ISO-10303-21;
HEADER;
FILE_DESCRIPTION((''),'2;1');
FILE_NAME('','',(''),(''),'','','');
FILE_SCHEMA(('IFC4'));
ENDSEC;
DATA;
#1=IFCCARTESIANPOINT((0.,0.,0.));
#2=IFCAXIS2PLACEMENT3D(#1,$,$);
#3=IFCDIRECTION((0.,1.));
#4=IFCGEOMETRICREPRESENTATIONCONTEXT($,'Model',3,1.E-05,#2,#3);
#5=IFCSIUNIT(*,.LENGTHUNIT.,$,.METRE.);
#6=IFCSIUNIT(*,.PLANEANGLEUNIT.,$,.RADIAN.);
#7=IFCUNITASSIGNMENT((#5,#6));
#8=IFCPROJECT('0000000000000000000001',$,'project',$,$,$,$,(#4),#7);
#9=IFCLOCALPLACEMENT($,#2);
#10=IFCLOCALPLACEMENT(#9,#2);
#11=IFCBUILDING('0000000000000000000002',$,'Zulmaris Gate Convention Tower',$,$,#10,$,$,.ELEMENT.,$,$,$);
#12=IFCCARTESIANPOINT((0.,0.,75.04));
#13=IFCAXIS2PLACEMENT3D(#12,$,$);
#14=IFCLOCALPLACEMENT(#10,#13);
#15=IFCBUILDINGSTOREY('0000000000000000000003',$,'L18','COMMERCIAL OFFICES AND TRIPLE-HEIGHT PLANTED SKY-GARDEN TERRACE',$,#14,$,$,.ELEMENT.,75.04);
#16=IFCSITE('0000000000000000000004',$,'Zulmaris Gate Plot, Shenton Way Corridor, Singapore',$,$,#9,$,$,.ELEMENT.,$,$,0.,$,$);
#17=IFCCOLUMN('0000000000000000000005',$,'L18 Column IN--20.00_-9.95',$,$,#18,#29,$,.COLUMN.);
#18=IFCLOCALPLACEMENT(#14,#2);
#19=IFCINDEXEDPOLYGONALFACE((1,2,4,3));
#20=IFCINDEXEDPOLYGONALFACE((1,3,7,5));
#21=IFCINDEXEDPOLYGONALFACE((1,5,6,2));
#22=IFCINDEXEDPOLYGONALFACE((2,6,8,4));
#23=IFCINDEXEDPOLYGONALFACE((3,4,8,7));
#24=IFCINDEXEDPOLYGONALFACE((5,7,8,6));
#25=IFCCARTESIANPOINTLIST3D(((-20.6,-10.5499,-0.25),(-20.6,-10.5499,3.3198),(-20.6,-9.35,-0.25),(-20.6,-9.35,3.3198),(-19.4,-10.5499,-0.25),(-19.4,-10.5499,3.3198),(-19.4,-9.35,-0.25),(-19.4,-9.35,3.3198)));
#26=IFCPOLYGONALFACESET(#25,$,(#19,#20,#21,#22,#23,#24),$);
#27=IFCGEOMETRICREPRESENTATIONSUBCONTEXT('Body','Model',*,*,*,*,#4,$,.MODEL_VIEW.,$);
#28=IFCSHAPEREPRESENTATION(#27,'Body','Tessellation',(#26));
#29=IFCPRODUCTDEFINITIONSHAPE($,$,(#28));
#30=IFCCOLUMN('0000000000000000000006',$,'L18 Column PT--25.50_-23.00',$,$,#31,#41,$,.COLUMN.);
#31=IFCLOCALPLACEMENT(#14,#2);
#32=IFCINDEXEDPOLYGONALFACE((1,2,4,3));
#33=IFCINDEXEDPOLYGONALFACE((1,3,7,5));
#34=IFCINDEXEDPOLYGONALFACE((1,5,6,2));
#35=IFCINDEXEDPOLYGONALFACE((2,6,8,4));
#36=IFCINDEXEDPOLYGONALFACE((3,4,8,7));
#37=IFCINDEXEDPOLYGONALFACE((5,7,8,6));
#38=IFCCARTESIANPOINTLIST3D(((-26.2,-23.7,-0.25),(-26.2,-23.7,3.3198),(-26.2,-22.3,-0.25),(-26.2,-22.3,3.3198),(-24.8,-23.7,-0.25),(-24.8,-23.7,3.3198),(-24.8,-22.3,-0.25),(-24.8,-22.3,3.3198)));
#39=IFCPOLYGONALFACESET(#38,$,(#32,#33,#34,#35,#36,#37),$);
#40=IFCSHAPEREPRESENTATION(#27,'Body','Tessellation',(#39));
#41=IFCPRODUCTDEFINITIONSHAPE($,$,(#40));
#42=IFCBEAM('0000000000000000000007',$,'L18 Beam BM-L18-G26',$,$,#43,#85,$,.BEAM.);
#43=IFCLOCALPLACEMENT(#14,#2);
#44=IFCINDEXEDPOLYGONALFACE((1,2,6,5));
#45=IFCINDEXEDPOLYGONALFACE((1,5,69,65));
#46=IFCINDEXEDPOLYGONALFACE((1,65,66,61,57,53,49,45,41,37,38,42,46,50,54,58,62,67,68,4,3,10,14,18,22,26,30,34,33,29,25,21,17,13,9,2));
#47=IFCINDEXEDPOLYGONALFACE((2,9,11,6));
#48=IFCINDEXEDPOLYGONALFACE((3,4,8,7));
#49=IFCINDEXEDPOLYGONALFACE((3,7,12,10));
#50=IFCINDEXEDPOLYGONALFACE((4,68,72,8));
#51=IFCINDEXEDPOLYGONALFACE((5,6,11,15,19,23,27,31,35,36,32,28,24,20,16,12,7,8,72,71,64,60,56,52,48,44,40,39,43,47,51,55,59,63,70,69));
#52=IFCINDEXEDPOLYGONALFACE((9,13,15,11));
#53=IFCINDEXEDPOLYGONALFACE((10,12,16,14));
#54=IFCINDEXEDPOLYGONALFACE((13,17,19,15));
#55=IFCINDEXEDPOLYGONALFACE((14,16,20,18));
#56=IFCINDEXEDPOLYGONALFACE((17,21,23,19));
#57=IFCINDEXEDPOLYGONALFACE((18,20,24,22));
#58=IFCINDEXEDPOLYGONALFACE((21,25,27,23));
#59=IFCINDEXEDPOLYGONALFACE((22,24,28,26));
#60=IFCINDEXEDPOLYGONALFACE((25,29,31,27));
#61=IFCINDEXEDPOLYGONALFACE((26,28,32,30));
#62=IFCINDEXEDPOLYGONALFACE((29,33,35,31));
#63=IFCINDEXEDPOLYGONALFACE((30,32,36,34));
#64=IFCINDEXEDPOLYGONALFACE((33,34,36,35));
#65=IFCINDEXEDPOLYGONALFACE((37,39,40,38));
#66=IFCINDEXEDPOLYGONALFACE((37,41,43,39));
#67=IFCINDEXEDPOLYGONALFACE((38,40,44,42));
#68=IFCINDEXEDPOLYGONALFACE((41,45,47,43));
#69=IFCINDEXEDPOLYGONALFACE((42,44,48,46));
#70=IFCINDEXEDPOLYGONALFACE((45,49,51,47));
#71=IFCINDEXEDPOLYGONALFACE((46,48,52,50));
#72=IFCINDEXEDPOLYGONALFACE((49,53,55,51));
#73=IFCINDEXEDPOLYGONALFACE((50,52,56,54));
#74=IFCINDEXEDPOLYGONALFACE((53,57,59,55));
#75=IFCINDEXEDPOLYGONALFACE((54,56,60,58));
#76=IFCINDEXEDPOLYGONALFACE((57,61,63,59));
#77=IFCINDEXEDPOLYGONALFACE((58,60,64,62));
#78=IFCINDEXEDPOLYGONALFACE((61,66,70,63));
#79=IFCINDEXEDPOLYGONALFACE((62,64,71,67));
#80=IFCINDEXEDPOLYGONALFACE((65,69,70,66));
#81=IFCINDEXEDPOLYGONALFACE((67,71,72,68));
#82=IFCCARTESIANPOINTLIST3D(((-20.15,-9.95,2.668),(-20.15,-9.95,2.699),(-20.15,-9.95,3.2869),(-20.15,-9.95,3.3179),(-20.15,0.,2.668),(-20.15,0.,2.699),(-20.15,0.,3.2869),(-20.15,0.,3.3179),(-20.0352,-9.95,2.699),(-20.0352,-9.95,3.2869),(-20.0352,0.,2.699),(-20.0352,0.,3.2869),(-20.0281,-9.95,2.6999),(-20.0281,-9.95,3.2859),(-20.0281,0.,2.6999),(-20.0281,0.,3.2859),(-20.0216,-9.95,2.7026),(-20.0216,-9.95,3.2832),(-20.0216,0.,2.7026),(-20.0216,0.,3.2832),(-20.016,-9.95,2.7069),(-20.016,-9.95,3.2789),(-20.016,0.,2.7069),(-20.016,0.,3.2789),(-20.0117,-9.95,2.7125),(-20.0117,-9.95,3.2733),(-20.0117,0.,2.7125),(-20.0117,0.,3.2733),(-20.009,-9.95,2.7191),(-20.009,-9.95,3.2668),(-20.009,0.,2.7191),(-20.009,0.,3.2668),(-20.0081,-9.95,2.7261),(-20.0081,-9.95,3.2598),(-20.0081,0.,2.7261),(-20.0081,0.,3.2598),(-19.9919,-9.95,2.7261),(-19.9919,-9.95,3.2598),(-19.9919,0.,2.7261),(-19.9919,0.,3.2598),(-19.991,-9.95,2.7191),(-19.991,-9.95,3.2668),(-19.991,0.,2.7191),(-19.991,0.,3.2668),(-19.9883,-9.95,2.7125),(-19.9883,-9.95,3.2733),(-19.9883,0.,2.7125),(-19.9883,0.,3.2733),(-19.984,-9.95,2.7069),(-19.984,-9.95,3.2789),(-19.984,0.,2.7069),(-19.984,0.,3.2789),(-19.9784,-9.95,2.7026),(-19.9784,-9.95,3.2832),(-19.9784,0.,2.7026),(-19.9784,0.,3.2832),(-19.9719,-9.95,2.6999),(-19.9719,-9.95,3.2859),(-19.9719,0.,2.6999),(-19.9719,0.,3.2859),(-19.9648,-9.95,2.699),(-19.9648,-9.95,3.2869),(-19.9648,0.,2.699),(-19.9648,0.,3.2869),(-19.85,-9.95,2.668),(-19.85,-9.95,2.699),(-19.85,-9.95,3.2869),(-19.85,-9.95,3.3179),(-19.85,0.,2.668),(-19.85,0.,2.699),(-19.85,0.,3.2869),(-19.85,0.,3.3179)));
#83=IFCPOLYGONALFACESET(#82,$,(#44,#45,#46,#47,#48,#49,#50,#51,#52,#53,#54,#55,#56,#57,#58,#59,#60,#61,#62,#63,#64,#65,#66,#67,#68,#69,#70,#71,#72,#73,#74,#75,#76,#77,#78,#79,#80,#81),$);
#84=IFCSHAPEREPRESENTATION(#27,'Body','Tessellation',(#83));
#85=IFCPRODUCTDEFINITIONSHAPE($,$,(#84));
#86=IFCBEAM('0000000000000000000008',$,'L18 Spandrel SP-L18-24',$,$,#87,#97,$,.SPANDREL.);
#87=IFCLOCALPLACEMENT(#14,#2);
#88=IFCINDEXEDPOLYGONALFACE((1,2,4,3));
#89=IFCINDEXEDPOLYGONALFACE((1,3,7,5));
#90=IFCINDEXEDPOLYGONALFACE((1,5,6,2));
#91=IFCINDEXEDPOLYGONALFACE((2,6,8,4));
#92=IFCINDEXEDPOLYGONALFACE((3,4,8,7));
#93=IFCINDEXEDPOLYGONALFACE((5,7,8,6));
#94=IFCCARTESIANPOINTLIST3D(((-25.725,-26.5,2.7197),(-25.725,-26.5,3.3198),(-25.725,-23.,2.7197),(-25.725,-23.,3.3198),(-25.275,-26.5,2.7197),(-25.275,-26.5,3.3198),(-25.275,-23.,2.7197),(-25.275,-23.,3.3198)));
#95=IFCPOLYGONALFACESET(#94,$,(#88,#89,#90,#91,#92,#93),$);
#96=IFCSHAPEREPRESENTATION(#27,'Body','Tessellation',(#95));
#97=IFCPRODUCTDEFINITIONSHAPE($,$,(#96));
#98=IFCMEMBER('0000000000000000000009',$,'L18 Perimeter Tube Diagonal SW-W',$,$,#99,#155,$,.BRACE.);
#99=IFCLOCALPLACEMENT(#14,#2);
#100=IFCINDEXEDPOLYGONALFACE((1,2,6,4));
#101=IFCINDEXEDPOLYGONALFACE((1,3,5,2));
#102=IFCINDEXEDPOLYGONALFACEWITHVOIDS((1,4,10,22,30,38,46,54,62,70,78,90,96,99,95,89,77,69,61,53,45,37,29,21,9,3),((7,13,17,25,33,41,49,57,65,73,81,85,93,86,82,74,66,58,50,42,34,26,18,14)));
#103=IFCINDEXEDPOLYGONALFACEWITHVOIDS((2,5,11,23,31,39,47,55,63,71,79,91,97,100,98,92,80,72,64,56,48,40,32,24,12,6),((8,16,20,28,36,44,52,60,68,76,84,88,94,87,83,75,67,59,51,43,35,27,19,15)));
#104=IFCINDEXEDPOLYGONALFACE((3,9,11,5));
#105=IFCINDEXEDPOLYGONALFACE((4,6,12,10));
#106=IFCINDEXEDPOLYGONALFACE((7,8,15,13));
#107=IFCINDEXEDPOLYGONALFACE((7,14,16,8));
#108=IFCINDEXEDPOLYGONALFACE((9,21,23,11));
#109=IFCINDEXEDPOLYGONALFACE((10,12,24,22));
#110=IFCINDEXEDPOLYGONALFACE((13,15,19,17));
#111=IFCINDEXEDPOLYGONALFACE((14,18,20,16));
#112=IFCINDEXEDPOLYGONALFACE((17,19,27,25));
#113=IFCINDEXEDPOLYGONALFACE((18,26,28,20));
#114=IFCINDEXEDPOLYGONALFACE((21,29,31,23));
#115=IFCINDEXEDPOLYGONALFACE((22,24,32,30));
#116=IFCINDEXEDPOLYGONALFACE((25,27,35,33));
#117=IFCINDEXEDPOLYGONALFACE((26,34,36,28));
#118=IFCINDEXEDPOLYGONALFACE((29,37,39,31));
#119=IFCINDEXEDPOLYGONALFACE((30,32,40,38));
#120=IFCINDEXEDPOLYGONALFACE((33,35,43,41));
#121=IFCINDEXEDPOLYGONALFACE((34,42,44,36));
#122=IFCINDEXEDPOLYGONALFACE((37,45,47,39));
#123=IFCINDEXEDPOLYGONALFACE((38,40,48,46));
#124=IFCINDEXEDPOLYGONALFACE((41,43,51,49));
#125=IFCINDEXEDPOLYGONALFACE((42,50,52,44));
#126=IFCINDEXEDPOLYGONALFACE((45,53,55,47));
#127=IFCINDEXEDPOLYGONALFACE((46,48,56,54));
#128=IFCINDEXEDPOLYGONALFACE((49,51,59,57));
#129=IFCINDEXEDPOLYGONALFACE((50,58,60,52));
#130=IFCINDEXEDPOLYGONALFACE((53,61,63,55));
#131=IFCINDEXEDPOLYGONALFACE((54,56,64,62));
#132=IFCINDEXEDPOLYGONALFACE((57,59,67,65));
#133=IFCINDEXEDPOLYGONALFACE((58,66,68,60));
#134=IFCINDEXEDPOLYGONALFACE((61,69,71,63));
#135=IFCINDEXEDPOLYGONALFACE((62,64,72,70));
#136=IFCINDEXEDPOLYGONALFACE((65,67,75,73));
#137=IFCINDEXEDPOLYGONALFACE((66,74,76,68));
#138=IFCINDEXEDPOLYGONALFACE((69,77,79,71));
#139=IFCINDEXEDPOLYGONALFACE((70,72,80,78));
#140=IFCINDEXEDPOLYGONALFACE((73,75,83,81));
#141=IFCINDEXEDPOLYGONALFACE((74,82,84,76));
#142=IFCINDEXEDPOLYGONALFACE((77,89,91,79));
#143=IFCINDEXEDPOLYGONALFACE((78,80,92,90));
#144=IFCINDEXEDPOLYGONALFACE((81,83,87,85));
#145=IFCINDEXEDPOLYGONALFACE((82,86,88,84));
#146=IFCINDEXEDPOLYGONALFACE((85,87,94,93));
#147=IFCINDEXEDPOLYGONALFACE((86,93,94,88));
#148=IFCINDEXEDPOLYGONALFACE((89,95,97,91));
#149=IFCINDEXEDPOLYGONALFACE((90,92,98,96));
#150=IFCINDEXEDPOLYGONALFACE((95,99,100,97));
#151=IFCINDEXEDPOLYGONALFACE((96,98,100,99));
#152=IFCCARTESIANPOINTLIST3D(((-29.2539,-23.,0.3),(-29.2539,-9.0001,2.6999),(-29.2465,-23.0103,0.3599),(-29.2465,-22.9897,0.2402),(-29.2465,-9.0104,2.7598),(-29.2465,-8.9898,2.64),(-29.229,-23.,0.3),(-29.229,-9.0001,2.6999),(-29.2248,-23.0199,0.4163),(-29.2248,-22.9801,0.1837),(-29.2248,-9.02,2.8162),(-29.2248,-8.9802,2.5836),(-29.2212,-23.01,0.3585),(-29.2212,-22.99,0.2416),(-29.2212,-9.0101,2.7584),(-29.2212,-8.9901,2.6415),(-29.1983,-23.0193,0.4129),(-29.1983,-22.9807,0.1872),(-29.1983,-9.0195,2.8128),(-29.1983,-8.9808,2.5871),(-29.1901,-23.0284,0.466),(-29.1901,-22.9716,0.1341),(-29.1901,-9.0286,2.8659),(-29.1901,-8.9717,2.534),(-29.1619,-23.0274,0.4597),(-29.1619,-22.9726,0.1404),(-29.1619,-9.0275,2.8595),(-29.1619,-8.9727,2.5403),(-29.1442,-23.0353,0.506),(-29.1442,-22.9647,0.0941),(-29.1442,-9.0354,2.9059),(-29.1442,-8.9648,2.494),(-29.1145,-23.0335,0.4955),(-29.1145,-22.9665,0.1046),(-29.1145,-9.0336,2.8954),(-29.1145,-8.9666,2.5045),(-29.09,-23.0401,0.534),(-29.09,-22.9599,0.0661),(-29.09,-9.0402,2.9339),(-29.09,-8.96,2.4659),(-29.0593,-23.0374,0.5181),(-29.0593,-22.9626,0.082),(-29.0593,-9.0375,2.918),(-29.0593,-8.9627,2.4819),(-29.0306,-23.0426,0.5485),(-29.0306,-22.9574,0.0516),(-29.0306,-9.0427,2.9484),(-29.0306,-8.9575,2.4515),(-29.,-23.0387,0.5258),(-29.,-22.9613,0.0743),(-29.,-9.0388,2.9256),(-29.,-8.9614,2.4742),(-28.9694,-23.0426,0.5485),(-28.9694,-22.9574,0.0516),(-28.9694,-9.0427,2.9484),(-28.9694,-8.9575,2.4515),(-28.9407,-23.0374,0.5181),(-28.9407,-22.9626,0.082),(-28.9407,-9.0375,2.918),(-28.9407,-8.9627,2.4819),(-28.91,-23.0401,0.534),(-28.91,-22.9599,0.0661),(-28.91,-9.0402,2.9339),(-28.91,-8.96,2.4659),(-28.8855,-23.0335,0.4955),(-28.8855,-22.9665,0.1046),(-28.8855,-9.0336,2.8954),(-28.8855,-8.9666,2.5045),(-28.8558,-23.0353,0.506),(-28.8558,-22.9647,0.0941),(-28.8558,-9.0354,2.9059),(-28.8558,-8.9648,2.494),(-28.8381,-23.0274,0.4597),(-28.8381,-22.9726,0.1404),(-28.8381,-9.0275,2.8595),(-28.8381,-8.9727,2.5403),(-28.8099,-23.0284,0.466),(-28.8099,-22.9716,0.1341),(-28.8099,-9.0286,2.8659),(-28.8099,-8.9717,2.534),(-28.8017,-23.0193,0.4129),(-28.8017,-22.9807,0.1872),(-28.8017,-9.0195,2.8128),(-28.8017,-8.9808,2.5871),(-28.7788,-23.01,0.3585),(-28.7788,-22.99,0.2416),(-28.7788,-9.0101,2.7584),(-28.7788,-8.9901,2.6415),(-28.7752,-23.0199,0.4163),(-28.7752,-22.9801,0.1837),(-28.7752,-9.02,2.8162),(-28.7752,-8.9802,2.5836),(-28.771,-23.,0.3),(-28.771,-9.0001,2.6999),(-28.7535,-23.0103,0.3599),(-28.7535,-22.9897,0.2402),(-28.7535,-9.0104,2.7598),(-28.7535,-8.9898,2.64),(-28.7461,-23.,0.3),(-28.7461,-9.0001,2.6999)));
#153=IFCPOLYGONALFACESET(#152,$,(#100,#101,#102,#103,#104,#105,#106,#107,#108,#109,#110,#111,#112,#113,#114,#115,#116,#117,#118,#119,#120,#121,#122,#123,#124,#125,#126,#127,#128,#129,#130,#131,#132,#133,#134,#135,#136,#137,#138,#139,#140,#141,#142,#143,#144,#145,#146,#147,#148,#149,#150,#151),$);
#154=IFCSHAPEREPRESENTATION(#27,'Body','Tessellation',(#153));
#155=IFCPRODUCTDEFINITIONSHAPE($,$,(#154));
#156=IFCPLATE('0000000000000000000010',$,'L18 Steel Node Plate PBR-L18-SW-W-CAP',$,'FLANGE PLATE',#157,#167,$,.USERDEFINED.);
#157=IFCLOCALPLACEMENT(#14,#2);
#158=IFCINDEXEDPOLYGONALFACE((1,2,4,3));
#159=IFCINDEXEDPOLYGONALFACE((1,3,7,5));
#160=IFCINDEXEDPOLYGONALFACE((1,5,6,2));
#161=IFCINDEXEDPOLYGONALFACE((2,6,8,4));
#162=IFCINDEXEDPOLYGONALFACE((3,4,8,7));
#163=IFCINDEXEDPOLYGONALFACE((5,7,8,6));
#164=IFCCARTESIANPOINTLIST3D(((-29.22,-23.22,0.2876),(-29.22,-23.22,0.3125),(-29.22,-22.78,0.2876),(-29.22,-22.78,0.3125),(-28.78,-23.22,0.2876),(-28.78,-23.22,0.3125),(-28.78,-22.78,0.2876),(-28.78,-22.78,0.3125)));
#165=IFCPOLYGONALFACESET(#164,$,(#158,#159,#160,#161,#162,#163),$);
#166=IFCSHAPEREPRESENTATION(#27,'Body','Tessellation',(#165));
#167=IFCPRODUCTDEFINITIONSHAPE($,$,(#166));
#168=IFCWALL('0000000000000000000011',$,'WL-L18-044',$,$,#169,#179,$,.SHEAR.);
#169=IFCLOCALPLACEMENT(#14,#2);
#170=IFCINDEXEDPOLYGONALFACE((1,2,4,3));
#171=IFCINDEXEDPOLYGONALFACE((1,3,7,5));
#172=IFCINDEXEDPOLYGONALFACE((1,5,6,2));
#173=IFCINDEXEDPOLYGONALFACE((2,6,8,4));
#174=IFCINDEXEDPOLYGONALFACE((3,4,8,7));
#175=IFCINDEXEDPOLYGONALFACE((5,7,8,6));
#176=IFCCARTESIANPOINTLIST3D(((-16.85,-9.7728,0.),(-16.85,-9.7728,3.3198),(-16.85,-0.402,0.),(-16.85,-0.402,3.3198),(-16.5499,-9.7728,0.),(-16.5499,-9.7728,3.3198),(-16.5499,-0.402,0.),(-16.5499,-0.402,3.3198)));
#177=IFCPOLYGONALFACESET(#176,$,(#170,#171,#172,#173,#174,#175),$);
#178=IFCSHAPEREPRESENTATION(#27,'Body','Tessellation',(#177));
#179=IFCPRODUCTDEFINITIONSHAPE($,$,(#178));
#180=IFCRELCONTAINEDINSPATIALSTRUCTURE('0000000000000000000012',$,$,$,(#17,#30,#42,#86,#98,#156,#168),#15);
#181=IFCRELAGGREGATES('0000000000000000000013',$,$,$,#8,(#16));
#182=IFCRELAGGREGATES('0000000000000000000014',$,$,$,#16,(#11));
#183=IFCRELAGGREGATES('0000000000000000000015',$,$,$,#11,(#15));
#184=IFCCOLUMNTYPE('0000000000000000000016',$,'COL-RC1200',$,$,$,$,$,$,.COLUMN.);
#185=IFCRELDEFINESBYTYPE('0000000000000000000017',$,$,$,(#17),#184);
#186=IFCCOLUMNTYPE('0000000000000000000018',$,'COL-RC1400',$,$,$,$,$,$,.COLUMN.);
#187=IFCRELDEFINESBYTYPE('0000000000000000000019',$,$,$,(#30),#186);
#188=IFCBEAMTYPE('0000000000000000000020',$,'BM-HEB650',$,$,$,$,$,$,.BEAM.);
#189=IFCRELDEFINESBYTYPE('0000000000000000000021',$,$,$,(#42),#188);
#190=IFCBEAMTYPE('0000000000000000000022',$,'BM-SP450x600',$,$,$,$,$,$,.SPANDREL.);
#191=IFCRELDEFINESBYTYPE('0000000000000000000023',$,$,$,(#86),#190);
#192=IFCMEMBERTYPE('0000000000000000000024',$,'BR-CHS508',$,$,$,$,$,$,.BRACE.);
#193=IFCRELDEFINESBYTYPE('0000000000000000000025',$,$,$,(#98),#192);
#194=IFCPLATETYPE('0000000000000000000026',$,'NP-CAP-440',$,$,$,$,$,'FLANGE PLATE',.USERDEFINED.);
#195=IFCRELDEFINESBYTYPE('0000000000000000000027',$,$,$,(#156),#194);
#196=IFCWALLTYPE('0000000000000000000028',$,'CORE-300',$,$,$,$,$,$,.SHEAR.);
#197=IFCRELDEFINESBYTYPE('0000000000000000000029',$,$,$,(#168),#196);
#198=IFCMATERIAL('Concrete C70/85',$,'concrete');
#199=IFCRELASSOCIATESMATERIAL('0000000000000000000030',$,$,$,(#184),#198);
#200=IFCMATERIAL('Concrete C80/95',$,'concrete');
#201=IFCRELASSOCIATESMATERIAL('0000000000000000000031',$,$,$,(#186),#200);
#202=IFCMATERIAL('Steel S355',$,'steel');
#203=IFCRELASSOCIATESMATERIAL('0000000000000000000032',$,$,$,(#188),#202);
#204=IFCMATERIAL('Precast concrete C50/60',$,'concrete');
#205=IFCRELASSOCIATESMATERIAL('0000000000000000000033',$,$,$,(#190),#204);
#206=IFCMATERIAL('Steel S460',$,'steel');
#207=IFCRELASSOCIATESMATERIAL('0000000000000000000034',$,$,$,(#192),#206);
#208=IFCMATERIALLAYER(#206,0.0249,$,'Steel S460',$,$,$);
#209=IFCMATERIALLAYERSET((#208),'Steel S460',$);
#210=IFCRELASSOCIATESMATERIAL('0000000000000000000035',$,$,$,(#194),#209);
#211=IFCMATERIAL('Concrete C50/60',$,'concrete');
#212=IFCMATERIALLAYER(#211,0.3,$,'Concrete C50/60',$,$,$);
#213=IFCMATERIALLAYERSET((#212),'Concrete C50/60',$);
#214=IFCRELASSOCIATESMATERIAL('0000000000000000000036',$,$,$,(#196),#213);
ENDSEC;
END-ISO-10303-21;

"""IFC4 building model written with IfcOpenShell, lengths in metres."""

from ifc_helpers import new_model, si_unit, direction, frame, frame_2d, origin, origin_2d, place, context, subcontext, project, spatial, rectangle, hollow_circle, i_section, extrude, material, layer, layer_set, material_profile, profile_set, type_object, element, save


model = new_model("IFC4")

# Units and contexts
model_context = context("Model", 3, precision=1e-05, world=origin(), true_north=direction((0.0, 1.0)))
body_context = subcontext(model_context, "Body", "Model", "MODEL_VIEW")
ifc_project = project(units=[si_unit("LENGTHUNIT", "METRE"), si_unit("PLANEANGLEUNIT", "RADIAN")], contexts=[model_context])

# Site, building, storey
site_placement = place(None, origin())
site = spatial("IfcSite", under=ifc_project, at=site_placement, Name="Zulmaris Gate Plot, Shenton Way Corridor, Singapore", CompositionType="ELEMENT", RefElevation=0.0)
building_placement = place(site_placement, origin())
building = spatial("IfcBuilding", under=site, at=building_placement, Name="Zulmaris Gate Convention Tower", CompositionType="ELEMENT")
storey_placement = place(building_placement, frame((0.0, 0.0, 75.04)))
storey = spatial("IfcBuildingStorey", under=building, at=storey_placement, Name="L18", Description="COMMERCIAL OFFICES AND TRIPLE-HEIGHT PLANTED SKY-GARDEN TERRACE", CompositionType="ELEMENT", Elevation=75.04)

# Columns
ifc_material_1 = material(Name="Concrete C70/85", Category="concrete")
ifc_material_profile_1 = material_profile(ifc_material_1, rectangle(XDim=1.2, YDim=1.2, at=origin_2d()), Name="RC COL 1200x1200")
ifc_profile_set_1 = profile_set([ifc_material_profile_1], Name="Concrete C70/85")
column_type_1 = type_object("IfcColumnType", Name="COL-RC1200", PredefinedType="COLUMN", material=ifc_profile_set_1)
column_1_placement = place(storey_placement, frame((-20.0, -9.95, -0.25), z_axis=(0.0, 0.0, 1.0), x_axis=(1.0, 0.0, 0.0)))
element("IfcColumn", 1, at=column_1_placement, inside=storey, type_object=column_type_1, Name="L18 Column IN--20.00_-9.95", PredefinedType="COLUMN", context=body_context, shape_type="SweptSolid", body=[
    extrude(rectangle(XDim=1.2, YDim=1.2, at=origin_2d()), origin(), (0.0, 0.0, 1.0), 3.5698),
])
ifc_material_2 = material(Name="Concrete C80/95", Category="concrete")
ifc_material_profile_2 = material_profile(ifc_material_2, rectangle(XDim=1.3999, YDim=1.3999, at=origin_2d()), Name="RC COL 1400x1400")
ifc_profile_set_2 = profile_set([ifc_material_profile_2], Name="Concrete C80/95")
column_type_2 = type_object("IfcColumnType", Name="COL-RC1400", PredefinedType="COLUMN", material=ifc_profile_set_2)
column_2_placement = place(storey_placement, frame((-25.5, -23.0, -0.25), z_axis=(0.0, 0.0, 1.0), x_axis=(1.0, 0.0, 0.0)))
element("IfcColumn", 2, at=column_2_placement, inside=storey, type_object=column_type_2, Name="L18 Column PT--25.50_-23.00", PredefinedType="COLUMN", context=body_context, shape_type="SweptSolid", body=[
    extrude(rectangle(XDim=1.3999, YDim=1.3999, at=origin_2d()), origin(), (0.0, 0.0, 1.0), 3.5698),
])

# Beams
ifc_material_3 = material(Name="Steel S355", Category="steel")
ifc_material_profile_3 = material_profile(ifc_material_3, i_section(OverallWidth=0.3, OverallDepth=0.6499, WebThickness=0.0161, FlangeThickness=0.031, FilletRadius=0.0271, at=origin_2d()), Name="HEB 650")
ifc_profile_set_3 = profile_set([ifc_material_profile_3], Name="Steel S355")
beam_type_1 = type_object("IfcBeamType", Name="BM-HEB650", PredefinedType="BEAM", material=ifc_profile_set_3)
beam_1_placement = place(storey_placement, frame((-20.0, -9.95, 2.9929), z_axis=(0.0, 1.0, 0.0), x_axis=(-1.0, 0.0, 0.0)))
element("IfcBeam", 3, at=beam_1_placement, inside=storey, type_object=beam_type_1, Name="L18 Beam BM-L18-G26", PredefinedType="BEAM", context=body_context, shape_type="SweptSolid", body=[
    extrude(i_section(OverallWidth=0.3, OverallDepth=0.6499, WebThickness=0.0161, FlangeThickness=0.031, FilletRadius=0.0271, at=origin_2d()), origin(), (0.0, 0.0, 1.0), 9.95),
])
ifc_material_4 = material(Name="Precast concrete C50/60", Category="concrete")
ifc_material_profile_4 = material_profile(ifc_material_4, rectangle(XDim=0.45, YDim=0.6001, at=origin_2d()), Name="RC SPANDREL 450x600")
ifc_profile_set_4 = profile_set([ifc_material_profile_4], Name="Precast concrete C50/60")
beam_type_2 = type_object("IfcBeamType", Name="BM-SP450x600", PredefinedType="SPANDREL", material=ifc_profile_set_4)
beam_2_placement = place(storey_placement, frame((-25.5, -23.0, 3.0198), z_axis=(0.0, -1.0, 0.0), x_axis=(1.0, 0.0, 0.0)))
element("IfcBeam", 4, at=beam_2_placement, inside=storey, type_object=beam_type_2, Name="L18 Spandrel SP-L18-24", PredefinedType="SPANDREL", context=body_context, shape_type="SweptSolid", body=[
    extrude(rectangle(XDim=0.45, YDim=0.6001, at=origin_2d()), origin(), (0.0, 0.0, 1.0), 3.5),
])

# Member
ifc_material_5 = material(Name="Steel S460", Category="steel")
ifc_material_profile_5 = material_profile(ifc_material_5, hollow_circle(Radius=0.2539, WallThickness=0.0249, at=origin_2d()), Name="CHS 508x25")
ifc_profile_set_5 = profile_set([ifc_material_profile_5], Name="Steel S460")
member_type = type_object("IfcMemberType", Name="BR-CHS508", PredefinedType="BRACE", material=ifc_profile_set_5)
member_placement = place(storey_placement, frame((-29.0, -23.0, 0.3), z_axis=(0.0, 0.985623, 0.168957), x_axis=(-1.0, 0.0, 0.0)))
element("IfcMember", 5, at=member_placement, inside=storey, type_object=member_type, Name="L18 Perimeter Tube Diagonal SW-W", PredefinedType="BRACE", context=body_context, shape_type="SweptSolid", body=[
    extrude(hollow_circle(Radius=0.2539, WallThickness=0.0249, at=origin_2d()), origin(), (0.0, 0.0, 1.0), 14.2041),
])

# Plate
ifc_layer_1 = layer(ifc_material_5, 0.0249, Name="Steel S460")
ifc_layer_set_1 = layer_set([ifc_layer_1], Name="Steel S460")
plate_type = type_object("IfcPlateType", Name="NP-CAP-440", ElementType="FLANGE PLATE", PredefinedType="USERDEFINED", material=ifc_layer_set_1)
plate_placement = place(storey_placement, frame((-29.0, -23.0, 0.2876), z_axis=(0.0, 0.0, 1.0), x_axis=(1.0, 0.0, 0.0)))
element("IfcPlate", 6, at=plate_placement, inside=storey, type_object=plate_type, Name="L18 Steel Node Plate PBR-L18-SW-W-CAP", ObjectType="FLANGE PLATE", PredefinedType="USERDEFINED", context=body_context, shape_type="SweptSolid", body=[
    extrude(rectangle(XDim=0.4399, YDim=0.4399, at=origin_2d()), origin(), (0.0, 0.0, 1.0), 0.0249),
])

# Wall
ifc_material_6 = material(Name="Concrete C50/60", Category="concrete")
ifc_layer_2 = layer(ifc_material_6, 0.3, Name="Concrete C50/60")
ifc_layer_set_2 = layer_set([ifc_layer_2], Name="Concrete C50/60")
wall_type_1 = type_object("IfcWallType", Name="CORE-300", PredefinedType="SHEAR", material=ifc_layer_set_2)
wall_1_placement = place(storey_placement, frame((-16.7, -9.7729, 0.0), z_axis=(0.0, 0.0, 1.0), x_axis=(0.0, 1.0, 0.0)))
element("IfcWall", 7, at=wall_1_placement, inside=storey, type_object=wall_type_1, Name="WL-L18-044", PredefinedType="SHEAR", context=body_context, shape_type="SweptSolid", body=[
    extrude(rectangle(XDim=9.3708, YDim=0.3, at=frame_2d((4.6855, 0.0))), origin(), (0.0, 0.0, 1.0), 3.3198),
])

save(model, "model.ifc")
